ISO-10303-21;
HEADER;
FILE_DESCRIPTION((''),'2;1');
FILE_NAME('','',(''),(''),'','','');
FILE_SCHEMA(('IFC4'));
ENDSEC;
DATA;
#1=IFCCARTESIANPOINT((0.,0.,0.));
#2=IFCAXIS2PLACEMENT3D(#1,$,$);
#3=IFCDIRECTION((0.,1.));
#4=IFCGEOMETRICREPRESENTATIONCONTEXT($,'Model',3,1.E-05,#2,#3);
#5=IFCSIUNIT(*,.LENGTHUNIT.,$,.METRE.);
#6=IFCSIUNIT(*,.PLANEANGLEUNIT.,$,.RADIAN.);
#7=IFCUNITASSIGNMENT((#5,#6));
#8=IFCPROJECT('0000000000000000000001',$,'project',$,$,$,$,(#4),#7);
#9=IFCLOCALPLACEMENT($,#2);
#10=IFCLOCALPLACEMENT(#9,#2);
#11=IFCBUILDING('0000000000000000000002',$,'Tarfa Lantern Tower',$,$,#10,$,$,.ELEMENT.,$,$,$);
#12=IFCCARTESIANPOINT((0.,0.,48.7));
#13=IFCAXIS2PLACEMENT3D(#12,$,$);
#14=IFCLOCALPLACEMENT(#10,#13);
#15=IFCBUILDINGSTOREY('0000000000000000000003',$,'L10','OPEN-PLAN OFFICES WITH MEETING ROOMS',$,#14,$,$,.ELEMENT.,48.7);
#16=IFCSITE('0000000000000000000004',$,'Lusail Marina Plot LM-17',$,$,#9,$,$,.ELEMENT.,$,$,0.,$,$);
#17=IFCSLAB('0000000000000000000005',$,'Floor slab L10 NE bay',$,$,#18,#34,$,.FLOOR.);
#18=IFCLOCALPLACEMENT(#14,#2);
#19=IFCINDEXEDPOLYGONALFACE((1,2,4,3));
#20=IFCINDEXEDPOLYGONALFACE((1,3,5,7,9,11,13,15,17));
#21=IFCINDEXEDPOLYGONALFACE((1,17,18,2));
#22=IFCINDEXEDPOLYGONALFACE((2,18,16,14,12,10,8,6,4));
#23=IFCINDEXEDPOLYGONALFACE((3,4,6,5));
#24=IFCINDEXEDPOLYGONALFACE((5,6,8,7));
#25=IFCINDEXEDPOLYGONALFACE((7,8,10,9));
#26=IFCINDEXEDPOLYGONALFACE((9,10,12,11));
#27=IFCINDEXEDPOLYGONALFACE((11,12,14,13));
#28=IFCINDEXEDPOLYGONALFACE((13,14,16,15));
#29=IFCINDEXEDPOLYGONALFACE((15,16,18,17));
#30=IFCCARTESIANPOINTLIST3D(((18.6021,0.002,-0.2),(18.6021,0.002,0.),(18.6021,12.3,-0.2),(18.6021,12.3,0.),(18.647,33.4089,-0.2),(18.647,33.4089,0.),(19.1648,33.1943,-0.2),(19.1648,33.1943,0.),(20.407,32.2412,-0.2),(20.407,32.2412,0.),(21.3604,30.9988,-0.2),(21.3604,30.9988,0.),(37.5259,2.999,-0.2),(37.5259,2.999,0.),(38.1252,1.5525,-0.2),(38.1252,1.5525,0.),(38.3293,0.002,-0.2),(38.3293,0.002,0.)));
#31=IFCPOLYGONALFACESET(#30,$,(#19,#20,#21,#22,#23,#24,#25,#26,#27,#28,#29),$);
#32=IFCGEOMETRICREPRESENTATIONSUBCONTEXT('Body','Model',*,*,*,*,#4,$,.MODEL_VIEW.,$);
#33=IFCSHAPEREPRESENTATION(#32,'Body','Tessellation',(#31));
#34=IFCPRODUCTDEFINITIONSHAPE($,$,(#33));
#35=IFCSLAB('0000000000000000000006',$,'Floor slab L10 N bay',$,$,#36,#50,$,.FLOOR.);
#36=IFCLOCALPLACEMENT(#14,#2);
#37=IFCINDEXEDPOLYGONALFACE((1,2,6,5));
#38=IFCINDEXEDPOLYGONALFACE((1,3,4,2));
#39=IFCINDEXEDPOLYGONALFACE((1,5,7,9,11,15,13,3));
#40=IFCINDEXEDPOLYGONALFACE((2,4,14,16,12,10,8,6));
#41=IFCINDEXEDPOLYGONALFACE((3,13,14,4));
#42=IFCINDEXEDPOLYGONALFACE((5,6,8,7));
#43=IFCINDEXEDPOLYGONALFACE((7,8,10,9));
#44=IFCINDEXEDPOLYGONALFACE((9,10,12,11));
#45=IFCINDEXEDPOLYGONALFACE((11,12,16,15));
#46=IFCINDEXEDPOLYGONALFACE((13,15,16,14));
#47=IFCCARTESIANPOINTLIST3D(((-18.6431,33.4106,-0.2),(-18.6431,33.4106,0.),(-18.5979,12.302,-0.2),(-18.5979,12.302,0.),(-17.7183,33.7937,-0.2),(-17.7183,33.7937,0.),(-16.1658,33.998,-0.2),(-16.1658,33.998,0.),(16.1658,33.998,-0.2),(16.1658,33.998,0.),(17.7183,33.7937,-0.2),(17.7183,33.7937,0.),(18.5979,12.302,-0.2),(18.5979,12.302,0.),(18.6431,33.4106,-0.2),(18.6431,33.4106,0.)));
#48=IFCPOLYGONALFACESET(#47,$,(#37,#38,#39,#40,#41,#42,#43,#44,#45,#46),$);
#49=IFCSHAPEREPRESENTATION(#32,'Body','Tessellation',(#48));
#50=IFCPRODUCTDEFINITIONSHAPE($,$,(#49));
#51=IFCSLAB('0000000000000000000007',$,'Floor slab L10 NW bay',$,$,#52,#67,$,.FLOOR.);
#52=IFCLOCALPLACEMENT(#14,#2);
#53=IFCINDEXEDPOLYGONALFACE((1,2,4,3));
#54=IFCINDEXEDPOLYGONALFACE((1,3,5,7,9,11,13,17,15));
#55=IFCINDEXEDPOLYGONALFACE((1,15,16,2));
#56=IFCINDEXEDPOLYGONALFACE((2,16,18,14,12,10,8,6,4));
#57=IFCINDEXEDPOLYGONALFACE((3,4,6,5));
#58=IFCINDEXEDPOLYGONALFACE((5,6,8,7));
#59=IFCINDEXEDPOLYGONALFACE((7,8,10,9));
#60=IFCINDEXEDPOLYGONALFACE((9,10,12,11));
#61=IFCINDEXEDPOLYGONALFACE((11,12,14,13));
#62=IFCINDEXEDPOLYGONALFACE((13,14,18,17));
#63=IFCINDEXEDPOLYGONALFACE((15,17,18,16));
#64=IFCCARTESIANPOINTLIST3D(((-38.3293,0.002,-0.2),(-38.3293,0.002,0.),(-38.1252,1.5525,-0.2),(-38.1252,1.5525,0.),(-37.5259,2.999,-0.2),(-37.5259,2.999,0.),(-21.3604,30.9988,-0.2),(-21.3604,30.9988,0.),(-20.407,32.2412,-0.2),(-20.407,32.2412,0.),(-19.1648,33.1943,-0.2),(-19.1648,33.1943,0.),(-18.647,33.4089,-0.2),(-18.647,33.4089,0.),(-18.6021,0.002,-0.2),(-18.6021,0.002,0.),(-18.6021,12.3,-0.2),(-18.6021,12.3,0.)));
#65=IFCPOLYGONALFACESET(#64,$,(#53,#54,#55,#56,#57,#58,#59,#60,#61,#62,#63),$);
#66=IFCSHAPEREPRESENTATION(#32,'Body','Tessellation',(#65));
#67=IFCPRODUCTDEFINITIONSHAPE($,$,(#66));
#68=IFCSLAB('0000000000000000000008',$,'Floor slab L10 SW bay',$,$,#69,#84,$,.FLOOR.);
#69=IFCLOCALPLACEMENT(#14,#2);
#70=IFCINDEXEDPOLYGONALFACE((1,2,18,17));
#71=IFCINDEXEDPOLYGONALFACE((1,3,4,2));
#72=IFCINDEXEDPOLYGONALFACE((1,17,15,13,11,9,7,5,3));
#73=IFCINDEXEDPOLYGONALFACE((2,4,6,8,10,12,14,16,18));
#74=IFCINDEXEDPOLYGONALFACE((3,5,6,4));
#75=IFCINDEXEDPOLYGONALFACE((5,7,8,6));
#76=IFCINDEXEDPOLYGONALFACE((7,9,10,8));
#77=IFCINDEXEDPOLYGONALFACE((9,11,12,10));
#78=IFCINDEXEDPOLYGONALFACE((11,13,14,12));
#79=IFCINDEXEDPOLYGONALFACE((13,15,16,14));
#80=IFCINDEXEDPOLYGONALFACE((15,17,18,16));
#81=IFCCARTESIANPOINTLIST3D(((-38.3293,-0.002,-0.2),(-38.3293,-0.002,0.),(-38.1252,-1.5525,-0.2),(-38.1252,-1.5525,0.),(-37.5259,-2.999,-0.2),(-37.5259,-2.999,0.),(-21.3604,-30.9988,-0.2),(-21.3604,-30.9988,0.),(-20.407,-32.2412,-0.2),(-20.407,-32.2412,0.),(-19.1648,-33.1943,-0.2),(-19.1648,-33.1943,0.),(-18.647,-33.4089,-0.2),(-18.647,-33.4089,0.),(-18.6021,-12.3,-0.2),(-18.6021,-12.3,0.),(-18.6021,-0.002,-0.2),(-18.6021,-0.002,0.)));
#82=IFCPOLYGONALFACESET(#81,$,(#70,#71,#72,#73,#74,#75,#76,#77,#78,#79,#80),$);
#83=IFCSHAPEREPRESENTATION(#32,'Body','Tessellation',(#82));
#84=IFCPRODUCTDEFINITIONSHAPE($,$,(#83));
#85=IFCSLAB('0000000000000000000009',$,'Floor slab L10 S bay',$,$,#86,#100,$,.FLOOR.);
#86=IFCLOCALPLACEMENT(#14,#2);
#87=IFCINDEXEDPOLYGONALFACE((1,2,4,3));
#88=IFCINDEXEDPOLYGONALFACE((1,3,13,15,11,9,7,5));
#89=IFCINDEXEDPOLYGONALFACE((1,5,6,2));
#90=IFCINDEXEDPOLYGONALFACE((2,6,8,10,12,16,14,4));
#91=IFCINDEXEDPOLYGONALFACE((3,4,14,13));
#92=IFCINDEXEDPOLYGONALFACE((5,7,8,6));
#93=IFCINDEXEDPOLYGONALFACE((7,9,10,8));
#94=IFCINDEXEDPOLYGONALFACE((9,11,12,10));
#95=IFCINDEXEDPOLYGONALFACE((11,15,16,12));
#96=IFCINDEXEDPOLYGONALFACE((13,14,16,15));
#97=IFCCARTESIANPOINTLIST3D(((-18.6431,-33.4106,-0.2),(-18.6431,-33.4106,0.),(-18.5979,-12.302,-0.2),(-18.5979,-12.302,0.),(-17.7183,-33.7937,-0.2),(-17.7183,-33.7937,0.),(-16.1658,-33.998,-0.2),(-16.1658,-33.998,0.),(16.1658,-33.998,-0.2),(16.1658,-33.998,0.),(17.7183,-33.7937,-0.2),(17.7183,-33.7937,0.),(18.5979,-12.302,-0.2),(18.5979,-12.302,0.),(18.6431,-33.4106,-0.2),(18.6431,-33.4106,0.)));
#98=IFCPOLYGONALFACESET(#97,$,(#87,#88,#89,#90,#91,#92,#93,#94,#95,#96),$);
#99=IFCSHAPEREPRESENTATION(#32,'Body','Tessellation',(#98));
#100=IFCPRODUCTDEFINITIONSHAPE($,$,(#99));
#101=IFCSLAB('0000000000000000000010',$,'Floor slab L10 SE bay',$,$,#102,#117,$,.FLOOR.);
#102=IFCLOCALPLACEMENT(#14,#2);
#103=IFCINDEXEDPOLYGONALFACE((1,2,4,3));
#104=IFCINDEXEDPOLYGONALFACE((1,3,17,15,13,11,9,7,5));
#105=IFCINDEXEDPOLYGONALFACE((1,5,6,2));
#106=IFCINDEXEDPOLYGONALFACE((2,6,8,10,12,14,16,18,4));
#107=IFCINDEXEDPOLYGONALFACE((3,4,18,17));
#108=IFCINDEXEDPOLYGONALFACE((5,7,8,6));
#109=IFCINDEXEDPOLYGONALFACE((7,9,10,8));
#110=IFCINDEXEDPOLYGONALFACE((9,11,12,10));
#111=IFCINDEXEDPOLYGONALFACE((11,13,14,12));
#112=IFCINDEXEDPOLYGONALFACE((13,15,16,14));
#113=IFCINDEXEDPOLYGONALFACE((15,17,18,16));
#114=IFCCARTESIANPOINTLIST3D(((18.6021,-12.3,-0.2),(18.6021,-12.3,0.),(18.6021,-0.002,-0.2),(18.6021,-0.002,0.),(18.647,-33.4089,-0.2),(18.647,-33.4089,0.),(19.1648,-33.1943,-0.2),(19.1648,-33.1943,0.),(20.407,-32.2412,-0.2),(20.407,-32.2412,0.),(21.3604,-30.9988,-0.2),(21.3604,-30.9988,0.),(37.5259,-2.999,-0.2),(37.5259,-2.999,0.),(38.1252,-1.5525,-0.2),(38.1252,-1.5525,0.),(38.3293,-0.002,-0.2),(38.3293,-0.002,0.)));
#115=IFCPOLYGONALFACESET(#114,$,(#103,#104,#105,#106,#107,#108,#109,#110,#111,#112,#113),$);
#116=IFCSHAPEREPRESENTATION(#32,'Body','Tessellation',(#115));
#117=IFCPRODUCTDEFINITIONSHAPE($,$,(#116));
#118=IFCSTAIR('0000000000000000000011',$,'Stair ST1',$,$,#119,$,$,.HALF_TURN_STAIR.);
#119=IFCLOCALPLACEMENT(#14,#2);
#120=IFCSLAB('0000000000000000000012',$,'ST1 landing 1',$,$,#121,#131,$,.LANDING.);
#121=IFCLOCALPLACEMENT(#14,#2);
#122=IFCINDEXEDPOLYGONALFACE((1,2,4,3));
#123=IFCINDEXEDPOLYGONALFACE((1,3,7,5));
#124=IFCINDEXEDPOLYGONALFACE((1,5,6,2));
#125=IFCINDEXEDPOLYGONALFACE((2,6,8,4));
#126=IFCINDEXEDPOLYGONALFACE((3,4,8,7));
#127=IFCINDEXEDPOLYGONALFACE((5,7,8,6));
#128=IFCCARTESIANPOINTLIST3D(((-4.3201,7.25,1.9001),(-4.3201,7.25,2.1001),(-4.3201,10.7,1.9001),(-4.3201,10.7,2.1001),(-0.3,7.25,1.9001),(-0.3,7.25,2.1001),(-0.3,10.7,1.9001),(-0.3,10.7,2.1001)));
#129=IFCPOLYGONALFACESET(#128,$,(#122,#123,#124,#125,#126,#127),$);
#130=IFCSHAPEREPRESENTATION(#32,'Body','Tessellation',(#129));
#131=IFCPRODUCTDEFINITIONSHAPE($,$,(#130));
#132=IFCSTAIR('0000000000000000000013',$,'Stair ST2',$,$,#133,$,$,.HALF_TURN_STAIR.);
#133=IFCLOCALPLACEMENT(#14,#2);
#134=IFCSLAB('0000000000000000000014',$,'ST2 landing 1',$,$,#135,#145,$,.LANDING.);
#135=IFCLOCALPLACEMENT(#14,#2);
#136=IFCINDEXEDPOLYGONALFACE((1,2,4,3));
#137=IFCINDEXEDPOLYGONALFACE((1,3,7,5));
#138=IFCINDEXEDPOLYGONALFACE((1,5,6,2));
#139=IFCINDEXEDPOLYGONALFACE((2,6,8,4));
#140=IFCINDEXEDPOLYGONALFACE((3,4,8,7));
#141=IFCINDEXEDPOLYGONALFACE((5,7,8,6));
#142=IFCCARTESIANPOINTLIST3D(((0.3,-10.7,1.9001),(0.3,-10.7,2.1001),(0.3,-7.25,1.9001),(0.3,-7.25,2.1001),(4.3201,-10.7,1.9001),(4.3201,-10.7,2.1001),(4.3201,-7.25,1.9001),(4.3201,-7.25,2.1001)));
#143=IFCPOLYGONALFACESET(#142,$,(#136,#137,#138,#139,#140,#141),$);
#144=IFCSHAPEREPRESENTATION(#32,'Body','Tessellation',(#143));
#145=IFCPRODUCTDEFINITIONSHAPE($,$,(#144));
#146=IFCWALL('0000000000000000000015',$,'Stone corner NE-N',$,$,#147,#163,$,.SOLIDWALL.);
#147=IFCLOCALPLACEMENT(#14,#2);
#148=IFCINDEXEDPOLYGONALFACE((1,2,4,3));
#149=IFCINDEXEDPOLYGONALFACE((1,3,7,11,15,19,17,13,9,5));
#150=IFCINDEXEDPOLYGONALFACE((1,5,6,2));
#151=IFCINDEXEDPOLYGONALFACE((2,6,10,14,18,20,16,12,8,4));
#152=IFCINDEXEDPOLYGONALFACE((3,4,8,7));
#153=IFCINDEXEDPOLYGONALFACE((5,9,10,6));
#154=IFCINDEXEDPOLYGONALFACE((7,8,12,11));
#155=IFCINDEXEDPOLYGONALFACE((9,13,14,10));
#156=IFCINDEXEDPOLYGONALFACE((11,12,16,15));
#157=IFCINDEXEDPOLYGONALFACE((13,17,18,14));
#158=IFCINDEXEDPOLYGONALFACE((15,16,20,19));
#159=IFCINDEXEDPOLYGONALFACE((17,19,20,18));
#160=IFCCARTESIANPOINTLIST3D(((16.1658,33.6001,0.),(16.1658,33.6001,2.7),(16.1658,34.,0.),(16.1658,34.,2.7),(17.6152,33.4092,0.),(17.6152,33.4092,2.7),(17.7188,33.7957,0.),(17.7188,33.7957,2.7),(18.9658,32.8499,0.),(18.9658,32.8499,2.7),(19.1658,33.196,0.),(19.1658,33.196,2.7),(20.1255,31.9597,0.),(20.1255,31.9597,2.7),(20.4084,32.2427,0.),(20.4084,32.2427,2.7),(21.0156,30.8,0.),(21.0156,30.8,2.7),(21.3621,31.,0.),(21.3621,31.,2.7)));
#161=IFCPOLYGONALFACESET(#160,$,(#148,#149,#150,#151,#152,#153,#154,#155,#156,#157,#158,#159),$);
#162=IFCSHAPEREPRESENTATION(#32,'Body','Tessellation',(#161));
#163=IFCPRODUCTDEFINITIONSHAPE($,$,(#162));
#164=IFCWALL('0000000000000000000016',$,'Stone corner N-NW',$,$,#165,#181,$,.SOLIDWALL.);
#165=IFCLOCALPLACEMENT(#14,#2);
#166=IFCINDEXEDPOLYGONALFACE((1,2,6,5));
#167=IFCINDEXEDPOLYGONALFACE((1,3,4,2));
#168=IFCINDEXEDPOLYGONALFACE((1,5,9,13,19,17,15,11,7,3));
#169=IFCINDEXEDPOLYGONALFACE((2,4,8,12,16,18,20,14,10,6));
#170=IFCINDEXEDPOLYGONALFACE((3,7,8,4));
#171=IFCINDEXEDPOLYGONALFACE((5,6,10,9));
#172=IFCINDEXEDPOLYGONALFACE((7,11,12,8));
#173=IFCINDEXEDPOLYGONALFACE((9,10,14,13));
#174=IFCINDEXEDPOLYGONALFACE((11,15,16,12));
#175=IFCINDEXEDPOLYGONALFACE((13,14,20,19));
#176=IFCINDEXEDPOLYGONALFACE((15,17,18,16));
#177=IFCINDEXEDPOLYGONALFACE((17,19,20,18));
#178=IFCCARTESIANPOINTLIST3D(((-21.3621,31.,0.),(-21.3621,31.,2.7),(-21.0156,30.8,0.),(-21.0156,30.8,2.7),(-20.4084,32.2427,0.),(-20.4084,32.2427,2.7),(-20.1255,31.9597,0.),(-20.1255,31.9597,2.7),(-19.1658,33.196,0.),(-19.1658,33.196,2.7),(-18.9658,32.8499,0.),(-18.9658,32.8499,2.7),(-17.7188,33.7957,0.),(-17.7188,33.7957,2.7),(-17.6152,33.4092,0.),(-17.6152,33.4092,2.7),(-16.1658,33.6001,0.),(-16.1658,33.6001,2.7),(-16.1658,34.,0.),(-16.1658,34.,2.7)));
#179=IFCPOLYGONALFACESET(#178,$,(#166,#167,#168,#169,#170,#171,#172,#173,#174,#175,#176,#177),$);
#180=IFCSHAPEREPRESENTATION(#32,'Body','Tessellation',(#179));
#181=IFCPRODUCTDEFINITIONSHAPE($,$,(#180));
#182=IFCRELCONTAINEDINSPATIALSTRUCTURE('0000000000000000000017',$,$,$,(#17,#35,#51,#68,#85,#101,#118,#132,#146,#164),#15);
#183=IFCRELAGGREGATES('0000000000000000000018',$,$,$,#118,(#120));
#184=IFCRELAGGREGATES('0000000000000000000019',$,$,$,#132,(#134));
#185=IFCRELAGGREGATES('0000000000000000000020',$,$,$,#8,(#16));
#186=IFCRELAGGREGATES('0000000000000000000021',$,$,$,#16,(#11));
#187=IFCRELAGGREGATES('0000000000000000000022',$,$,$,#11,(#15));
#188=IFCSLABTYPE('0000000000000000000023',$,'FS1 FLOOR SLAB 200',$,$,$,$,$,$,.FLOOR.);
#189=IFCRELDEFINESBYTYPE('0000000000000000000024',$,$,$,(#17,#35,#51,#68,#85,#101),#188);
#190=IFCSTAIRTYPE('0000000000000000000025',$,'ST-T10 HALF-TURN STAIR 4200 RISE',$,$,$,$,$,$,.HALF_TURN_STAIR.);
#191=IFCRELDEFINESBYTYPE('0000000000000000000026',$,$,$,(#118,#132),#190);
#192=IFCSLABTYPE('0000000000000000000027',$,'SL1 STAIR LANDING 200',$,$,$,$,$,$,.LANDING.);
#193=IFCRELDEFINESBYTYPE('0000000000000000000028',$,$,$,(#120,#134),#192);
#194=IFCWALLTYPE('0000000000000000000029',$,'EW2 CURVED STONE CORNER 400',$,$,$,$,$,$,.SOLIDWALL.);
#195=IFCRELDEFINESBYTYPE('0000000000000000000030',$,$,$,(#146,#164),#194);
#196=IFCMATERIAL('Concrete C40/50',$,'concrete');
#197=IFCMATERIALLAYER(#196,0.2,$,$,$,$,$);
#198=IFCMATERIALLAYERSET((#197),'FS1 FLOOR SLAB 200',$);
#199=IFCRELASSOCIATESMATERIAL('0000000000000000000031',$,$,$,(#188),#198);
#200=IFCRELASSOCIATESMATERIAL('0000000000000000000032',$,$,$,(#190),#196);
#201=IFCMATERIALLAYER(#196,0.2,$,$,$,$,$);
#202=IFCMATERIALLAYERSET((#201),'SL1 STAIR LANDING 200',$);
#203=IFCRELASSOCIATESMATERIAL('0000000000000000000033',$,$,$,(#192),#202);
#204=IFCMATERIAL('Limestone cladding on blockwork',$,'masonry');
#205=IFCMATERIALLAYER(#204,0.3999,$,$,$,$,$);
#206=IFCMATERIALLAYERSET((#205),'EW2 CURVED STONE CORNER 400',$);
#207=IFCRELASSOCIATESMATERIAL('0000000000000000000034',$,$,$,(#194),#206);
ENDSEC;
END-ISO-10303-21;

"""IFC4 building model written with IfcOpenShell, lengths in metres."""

from ifc_helpers import new_model, si_unit, direction, frame, origin, place, context, subcontext, project, spatial, polyline, outline, extrude, material, layer, layer_set, type_object, element, aggregate, save


model = new_model("IFC4")

# Units and contexts
model_context = context("Model", 3, precision=1e-05, world=origin(), true_north=direction((0.0, 1.0)))
body_context = subcontext(model_context, "Body", "Model", "MODEL_VIEW")
ifc_project = project(units=[si_unit("LENGTHUNIT", "METRE"), si_unit("PLANEANGLEUNIT", "RADIAN")], contexts=[model_context])

# Site, building, storey
site_placement = place(None, origin())
site = spatial("IfcSite", under=ifc_project, at=site_placement, Name="Lusail Marina Plot LM-17", CompositionType="ELEMENT", RefElevation=0.0)
building_placement = place(site_placement, origin())
building = spatial("IfcBuilding", under=site, at=building_placement, Name="Tarfa Lantern Tower", CompositionType="ELEMENT")
storey_placement = place(building_placement, frame((0.0, 0.0, 48.7)))
storey = spatial("IfcBuildingStorey", under=building, at=storey_placement, Name="L10", Description="OPEN-PLAN OFFICES WITH MEETING ROOMS", CompositionType="ELEMENT", Elevation=48.7)

# Slabs
ifc_material_1 = material(Name="Concrete C40/50", Category="concrete")
ifc_layer_1 = layer(ifc_material_1, 0.2)
ifc_layer_set_1 = layer_set([ifc_layer_1], Name="FS1 FLOOR SLAB 200")
slab_type_1 = type_object("IfcSlabType", Name="FS1 FLOOR SLAB 200", PredefinedType="FLOOR", material=ifc_layer_set_1)
slab_1_placement = place(storey_placement, frame((0.0, 0.0, -0.2)))
element("IfcSlab", 1, at=slab_1_placement, inside=storey, type_object=slab_type_1, Name="Floor slab L10 NE bay", PredefinedType="FLOOR", context=body_context, shape_type="SweptSolid", body=[
    extrude(outline(polyline([(37.5259, 2.999), (21.3604, 30.9988), (20.407, 32.2412), (19.1648, 33.1943), (18.647, 33.4089), (18.6021, 12.3), (18.6021, 0.002), (38.3293, 0.002), (38.1252, 1.5525), (37.5259, 2.999)])), origin(), (0.0, 0.0, 1.0), 0.2),
])
slab_2_placement = place(storey_placement, frame((0.0, 0.0, -0.2)))
element("IfcSlab", 2, at=slab_2_placement, inside=storey, type_object=slab_type_1, Name="Floor slab L10 N bay", PredefinedType="FLOOR", context=body_context, shape_type="SweptSolid", body=[
    extrude(outline(polyline([(-18.5979, 12.302), (18.5979, 12.302), (18.6431, 33.4106), (17.7183, 33.7937), (16.1658, 33.998), (-16.1658, 33.998), (-17.7183, 33.7937), (-18.6431, 33.4106), (-18.5979, 12.302)])), origin(), (0.0, 0.0, 1.0), 0.2),
])
slab_3_placement = place(storey_placement, frame((0.0, 0.0, -0.2)))
element("IfcSlab", 3, at=slab_3_placement, inside=storey, type_object=slab_type_1, Name="Floor slab L10 NW bay", PredefinedType="FLOOR", context=body_context, shape_type="SweptSolid", body=[
    extrude(outline(polyline([(-18.6021, 0.002), (-18.6021, 12.3), (-18.647, 33.4089), (-19.1648, 33.1943), (-20.407, 32.2412), (-21.3604, 30.9988), (-37.5259, 2.999), (-38.1252, 1.5525), (-38.3293, 0.002), (-18.6021, 0.002)])), origin(), (0.0, 0.0, 1.0), 0.2),
])
slab_4_placement = place(storey_placement, frame((0.0, 0.0, -0.2)))
element("IfcSlab", 4, at=slab_4_placement, inside=storey, type_object=slab_type_1, Name="Floor slab L10 SW bay", PredefinedType="FLOOR", context=body_context, shape_type="SweptSolid", body=[
    extrude(outline(polyline([(-18.6021, -12.3), (-18.6021, -0.002), (-38.3293, -0.002), (-38.1252, -1.5525), (-37.5259, -2.999), (-21.3604, -30.9988), (-20.407, -32.2412), (-19.1648, -33.1943), (-18.647, -33.4089), (-18.6021, -12.3)])), origin(), (0.0, 0.0, 1.0), 0.2),
])
slab_5_placement = place(storey_placement, frame((0.0, 0.0, -0.2)))
element("IfcSlab", 5, at=slab_5_placement, inside=storey, type_object=slab_type_1, Name="Floor slab L10 S bay", PredefinedType="FLOOR", context=body_context, shape_type="SweptSolid", body=[
    extrude(outline(polyline([(18.5979, -12.302), (-18.5979, -12.302), (-18.6431, -33.4106), (-17.7183, -33.7937), (-16.1658, -33.998), (16.1658, -33.998), (17.7183, -33.7937), (18.6431, -33.4106), (18.5979, -12.302)])), origin(), (0.0, 0.0, 1.0), 0.2),
])
slab_6_placement = place(storey_placement, frame((0.0, 0.0, -0.2)))
element("IfcSlab", 6, at=slab_6_placement, inside=storey, type_object=slab_type_1, Name="Floor slab L10 SE bay", PredefinedType="FLOOR", context=body_context, shape_type="SweptSolid", body=[
    extrude(outline(polyline([(18.6021, -0.002), (18.6021, -12.3), (18.647, -33.4089), (19.1648, -33.1943), (20.407, -32.2412), (21.3604, -30.9988), (37.5259, -2.999), (38.1252, -1.5525), (38.3293, -0.002), (18.6021, -0.002)])), origin(), (0.0, 0.0, 1.0), 0.2),
])

# Stairs, slabs
stair_type = type_object("IfcStairType", Name="ST-T10 HALF-TURN STAIR 4200 RISE", PredefinedType="HALF_TURN_STAIR", material=ifc_material_1)
stair_1_placement = place(storey_placement, origin())
stair_1 = element("IfcStair", 7, at=stair_1_placement, inside=storey, type_object=stair_type, Name="Stair ST1", PredefinedType="HALF_TURN_STAIR")
ifc_layer_2 = layer(ifc_material_1, 0.2)
ifc_layer_set_2 = layer_set([ifc_layer_2], Name="SL1 STAIR LANDING 200")
slab_type_2 = type_object("IfcSlabType", Name="SL1 STAIR LANDING 200", PredefinedType="LANDING", material=ifc_layer_set_2)
slab_7_placement = place(storey_placement, frame((0.0, 0.0, 1.9001)))
slab_7 = element("IfcSlab", 8, at=slab_7_placement, type_object=slab_type_2, Name="ST1 landing 1", PredefinedType="LANDING", context=body_context, shape_type="SweptSolid", body=[
    extrude(outline(polyline([(-4.3201, 7.25), (-0.3, 7.25), (-0.3, 10.7), (-4.3201, 10.7), (-4.3201, 7.25)])), origin(), (0.0, 0.0, 1.0), 0.2),
])
aggregate(stair_1, [slab_7])
stair_2_placement = place(storey_placement, origin())
stair_2 = element("IfcStair", 9, at=stair_2_placement, inside=storey, type_object=stair_type, Name="Stair ST2", PredefinedType="HALF_TURN_STAIR")
slab_8_placement = place(storey_placement, frame((0.0, 0.0, 1.9001)))
slab_8 = element("IfcSlab", 10, at=slab_8_placement, type_object=slab_type_2, Name="ST2 landing 1", PredefinedType="LANDING", context=body_context, shape_type="SweptSolid", body=[
    extrude(outline(polyline([(4.3201, -7.25), (0.3, -7.25), (0.3, -10.7), (4.3201, -10.7), (4.3201, -7.25)])), origin(), (0.0, 0.0, 1.0), 0.2),
])
aggregate(stair_2, [slab_8])

# Walls
ifc_material_2 = material(Name="Limestone cladding on blockwork", Category="masonry")
ifc_layer_3 = layer(ifc_material_2, 0.3999)
ifc_layer_set_3 = layer_set([ifc_layer_3], Name="EW2 CURVED STONE CORNER 400")
wall_type_1 = type_object("IfcWallType", Name="EW2 CURVED STONE CORNER 400", PredefinedType="SOLIDWALL", material=ifc_layer_set_3)
wall_1_placement = place(storey_placement, origin())
element("IfcWall", 11, at=wall_1_placement, inside=storey, type_object=wall_type_1, Name="Stone corner NE-N", PredefinedType="SOLIDWALL", context=body_context, shape_type="SweptSolid", body=[
    extrude(outline(polyline([(21.3621, 31.0), (20.4084, 32.2427), (19.1658, 33.196), (17.7188, 33.7957), (16.1658, 34.0), (16.1658, 33.6001), (17.6152, 33.4092), (18.9658, 32.8499), (20.1255, 31.9597), (21.0156, 30.8), (21.3621, 31.0)])), origin(), (0.0, 0.0, 1.0), 2.7),
])
wall_2_placement = place(storey_placement, origin())
element("IfcWall", 12, at=wall_2_placement, inside=storey, type_object=wall_type_1, Name="Stone corner N-NW", PredefinedType="SOLIDWALL", context=body_context, shape_type="SweptSolid", body=[
    extrude(outline(polyline([(-16.1658, 34.0), (-17.7188, 33.7957), (-19.1658, 33.196), (-20.4084, 32.2427), (-21.3621, 31.0), (-21.0156, 30.8), (-20.1255, 31.9597), (-18.9658, 32.8499), (-17.6152, 33.4092), (-16.1658, 33.6001), (-16.1658, 34.0)])), origin(), (0.0, 0.0, 1.0), 2.7),
])

save(model, "model.ifc")
